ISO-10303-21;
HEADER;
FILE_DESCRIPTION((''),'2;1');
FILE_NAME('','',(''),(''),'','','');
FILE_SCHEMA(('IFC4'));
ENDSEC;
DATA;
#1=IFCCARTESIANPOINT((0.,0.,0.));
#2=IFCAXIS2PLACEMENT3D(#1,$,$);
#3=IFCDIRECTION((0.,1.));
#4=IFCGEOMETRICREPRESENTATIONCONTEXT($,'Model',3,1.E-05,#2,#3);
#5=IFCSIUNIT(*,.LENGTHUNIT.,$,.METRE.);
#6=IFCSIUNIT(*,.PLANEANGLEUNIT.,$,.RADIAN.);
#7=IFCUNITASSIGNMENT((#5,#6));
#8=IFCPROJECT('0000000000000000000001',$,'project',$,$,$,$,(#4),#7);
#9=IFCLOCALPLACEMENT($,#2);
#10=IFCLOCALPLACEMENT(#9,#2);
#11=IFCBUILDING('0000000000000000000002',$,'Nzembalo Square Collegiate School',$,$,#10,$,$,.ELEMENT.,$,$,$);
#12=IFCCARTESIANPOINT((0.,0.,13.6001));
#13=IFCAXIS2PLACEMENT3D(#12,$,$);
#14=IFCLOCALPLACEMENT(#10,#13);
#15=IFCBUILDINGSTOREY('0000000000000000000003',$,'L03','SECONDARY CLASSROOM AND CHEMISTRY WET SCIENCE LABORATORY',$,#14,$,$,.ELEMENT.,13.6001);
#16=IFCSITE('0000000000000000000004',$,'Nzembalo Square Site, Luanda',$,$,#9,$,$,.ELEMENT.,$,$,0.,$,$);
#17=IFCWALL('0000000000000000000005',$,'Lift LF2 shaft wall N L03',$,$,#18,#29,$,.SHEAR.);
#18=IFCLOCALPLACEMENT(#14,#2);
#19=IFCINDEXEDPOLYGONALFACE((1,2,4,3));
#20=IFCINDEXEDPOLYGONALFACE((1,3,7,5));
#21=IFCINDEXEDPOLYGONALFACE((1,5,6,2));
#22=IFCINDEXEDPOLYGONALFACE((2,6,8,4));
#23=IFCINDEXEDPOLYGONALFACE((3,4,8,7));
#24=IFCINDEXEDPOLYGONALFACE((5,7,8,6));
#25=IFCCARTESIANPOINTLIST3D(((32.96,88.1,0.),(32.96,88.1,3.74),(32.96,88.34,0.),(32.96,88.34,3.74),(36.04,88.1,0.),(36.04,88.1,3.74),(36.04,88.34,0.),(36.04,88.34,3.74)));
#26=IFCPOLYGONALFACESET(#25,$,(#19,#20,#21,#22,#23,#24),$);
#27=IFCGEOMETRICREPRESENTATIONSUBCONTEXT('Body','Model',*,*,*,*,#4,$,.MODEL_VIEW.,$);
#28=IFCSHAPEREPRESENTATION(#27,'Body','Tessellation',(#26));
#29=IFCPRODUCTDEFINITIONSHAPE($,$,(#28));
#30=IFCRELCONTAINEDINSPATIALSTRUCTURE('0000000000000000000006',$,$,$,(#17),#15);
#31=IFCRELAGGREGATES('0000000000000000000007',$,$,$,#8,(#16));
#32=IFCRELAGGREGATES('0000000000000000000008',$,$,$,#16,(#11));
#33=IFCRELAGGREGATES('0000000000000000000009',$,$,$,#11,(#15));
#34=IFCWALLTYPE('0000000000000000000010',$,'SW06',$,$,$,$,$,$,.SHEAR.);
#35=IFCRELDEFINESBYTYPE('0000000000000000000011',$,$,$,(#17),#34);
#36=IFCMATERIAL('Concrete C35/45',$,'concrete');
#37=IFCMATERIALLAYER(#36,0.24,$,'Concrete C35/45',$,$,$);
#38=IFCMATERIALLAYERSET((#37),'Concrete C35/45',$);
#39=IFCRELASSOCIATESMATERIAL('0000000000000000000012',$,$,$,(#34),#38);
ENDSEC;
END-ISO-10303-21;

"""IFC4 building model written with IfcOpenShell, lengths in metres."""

from ifc_helpers import new_model, si_unit, direction, frame, frame_2d, origin, place, context, subcontext, project, spatial, rectangle, extrude, material, layer, layer_set, type_object, element, save


model = new_model("IFC4")

# Units and contexts
model_context = context("Model", 3, precision=1e-05, world=origin(), true_north=direction((0.0, 1.0)))
body_context = subcontext(model_context, "Body", "Model", "MODEL_VIEW")
ifc_project = project(units=[si_unit("LENGTHUNIT", "METRE"), si_unit("PLANEANGLEUNIT", "RADIAN")], contexts=[model_context])

# Site, building, storey
site_placement = place(None, origin())
site = spatial("IfcSite", under=ifc_project, at=site_placement, Name="Nzembalo Square Site, Luanda", CompositionType="ELEMENT", RefElevation=0.0)
building_placement = place(site_placement, origin())
building = spatial("IfcBuilding", under=site, at=building_placement, Name="Nzembalo Square Collegiate School", CompositionType="ELEMENT")
storey_placement = place(building_placement, frame((0.0, 0.0, 13.6001)))
storey = spatial("IfcBuildingStorey", under=building, at=storey_placement, Name="L03", Description="SECONDARY CLASSROOM AND CHEMISTRY WET SCIENCE LABORATORY", CompositionType="ELEMENT", Elevation=13.6001)

# Wall
ifc_material_1 = material(Name="Concrete C35/45", Category="concrete")
ifc_layer_1 = layer(ifc_material_1, 0.24, Name="Concrete C35/45")
ifc_layer_set_1 = layer_set([ifc_layer_1], Name="Concrete C35/45")
wall_type = type_object("IfcWallType", Name="SW06", PredefinedType="SHEAR", material=ifc_layer_set_1)
wall_placement = place(storey_placement, frame((32.96, 88.22, 0.0), z_axis=(0.0, 0.0, 1.0), x_axis=(1.0, 0.0, 0.0)))
element("IfcWall", 1, at=wall_placement, inside=storey, type_object=wall_type, Name="Lift LF2 shaft wall N L03", PredefinedType="SHEAR", context=body_context, shape_type="SweptSolid", body=[
    extrude(rectangle(XDim=3.0801, YDim=0.24, at=frame_2d((1.54, 0.0))), origin(), (0.0, 0.0, 1.0), 3.74),
])

save(model, "model.ifc")
